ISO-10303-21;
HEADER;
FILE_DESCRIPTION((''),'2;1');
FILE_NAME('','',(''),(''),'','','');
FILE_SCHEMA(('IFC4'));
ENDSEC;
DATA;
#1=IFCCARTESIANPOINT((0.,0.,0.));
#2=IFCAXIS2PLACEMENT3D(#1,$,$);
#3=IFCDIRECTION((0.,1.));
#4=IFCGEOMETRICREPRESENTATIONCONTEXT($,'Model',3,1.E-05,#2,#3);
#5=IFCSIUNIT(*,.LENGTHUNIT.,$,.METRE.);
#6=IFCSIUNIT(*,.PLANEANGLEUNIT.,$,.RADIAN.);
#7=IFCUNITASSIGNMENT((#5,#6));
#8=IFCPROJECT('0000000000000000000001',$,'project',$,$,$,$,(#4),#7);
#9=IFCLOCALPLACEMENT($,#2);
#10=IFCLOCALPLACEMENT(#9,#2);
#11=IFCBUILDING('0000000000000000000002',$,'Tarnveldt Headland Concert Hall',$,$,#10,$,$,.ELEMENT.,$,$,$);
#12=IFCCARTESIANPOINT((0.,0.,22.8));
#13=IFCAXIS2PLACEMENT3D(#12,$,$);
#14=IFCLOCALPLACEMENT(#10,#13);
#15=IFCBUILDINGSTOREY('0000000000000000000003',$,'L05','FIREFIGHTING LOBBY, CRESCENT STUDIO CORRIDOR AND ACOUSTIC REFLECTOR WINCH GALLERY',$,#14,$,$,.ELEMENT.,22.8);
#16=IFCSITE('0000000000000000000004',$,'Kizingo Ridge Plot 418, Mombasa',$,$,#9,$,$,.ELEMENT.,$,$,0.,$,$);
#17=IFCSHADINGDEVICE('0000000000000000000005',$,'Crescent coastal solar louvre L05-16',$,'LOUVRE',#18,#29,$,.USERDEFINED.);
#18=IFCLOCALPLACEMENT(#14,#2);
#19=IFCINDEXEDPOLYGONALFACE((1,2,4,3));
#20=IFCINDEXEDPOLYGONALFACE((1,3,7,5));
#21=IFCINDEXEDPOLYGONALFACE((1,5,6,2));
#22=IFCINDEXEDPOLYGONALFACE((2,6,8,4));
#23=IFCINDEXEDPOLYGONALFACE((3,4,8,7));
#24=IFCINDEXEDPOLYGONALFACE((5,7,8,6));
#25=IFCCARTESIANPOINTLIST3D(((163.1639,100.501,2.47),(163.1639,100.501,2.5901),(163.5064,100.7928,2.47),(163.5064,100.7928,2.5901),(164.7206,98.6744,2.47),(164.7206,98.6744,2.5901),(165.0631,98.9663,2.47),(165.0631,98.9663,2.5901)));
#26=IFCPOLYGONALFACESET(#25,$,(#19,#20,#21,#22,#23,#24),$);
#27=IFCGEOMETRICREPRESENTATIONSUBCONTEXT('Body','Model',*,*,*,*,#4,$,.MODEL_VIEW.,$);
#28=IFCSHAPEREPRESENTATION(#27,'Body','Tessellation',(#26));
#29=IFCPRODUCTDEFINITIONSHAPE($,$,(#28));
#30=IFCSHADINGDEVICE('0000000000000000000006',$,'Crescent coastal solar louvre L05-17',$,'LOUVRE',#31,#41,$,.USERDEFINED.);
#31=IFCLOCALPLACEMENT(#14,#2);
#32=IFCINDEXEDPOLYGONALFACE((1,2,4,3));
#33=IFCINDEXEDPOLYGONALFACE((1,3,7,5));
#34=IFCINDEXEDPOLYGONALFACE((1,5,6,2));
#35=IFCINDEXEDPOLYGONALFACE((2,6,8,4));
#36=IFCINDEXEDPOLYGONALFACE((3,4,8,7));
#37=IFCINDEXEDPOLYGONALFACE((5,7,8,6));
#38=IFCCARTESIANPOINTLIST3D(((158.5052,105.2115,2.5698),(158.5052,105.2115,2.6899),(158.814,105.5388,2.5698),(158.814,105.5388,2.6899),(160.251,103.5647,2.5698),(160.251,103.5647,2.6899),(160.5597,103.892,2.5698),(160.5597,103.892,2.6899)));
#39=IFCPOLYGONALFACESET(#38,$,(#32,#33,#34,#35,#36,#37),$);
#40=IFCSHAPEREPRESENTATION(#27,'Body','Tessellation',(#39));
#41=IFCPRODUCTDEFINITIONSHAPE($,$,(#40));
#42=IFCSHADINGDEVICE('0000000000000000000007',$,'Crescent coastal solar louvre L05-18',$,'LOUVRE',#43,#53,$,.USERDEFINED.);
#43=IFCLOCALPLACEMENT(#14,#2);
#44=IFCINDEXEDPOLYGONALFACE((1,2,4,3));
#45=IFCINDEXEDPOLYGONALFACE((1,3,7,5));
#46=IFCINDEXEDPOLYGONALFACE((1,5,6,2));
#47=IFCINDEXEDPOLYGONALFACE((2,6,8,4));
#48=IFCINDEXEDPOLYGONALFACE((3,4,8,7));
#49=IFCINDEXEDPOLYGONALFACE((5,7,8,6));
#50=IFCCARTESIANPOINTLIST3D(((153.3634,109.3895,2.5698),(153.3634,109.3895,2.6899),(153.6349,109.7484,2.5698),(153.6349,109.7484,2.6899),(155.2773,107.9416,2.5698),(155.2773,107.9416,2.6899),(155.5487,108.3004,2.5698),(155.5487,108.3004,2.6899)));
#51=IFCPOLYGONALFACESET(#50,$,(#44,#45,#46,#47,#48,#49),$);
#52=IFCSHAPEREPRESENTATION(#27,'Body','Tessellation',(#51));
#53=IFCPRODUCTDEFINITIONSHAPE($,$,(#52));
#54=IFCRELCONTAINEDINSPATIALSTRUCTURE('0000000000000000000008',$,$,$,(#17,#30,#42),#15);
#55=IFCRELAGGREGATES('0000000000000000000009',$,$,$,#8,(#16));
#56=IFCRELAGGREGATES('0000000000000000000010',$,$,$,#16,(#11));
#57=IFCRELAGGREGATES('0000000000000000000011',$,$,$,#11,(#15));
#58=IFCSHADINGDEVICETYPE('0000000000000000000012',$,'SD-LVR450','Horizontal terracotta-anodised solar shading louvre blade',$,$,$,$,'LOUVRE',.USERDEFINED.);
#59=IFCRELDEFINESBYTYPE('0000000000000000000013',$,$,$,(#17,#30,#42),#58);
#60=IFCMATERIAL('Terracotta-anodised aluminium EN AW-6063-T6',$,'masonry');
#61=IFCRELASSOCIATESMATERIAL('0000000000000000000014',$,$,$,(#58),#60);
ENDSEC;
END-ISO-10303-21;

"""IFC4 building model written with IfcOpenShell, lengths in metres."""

from ifc_helpers import new_model, si_unit, direction, frame, origin, origin_2d, place, context, subcontext, project, spatial, rectangle, extrude, material, type_object, element, save


model = new_model("IFC4")

# Units and contexts
model_context = context("Model", 3, precision=1e-05, world=origin(), true_north=direction((0.0, 1.0)))
body_context = subcontext(model_context, "Body", "Model", "MODEL_VIEW")
ifc_project = project(units=[si_unit("LENGTHUNIT", "METRE"), si_unit("PLANEANGLEUNIT", "RADIAN")], contexts=[model_context])

# Site, building, storey
site_placement = place(None, origin())
site = spatial("IfcSite", under=ifc_project, at=site_placement, Name="Kizingo Ridge Plot 418, Mombasa", CompositionType="ELEMENT", RefElevation=0.0)
building_placement = place(site_placement, origin())
building = spatial("IfcBuilding", under=site, at=building_placement, Name="Tarnveldt Headland Concert Hall", CompositionType="ELEMENT")
storey_placement = place(building_placement, frame((0.0, 0.0, 22.8)))
storey = spatial("IfcBuildingStorey", under=building, at=storey_placement, Name="L05", Description="FIREFIGHTING LOBBY, CRESCENT STUDIO CORRIDOR AND ACOUSTIC REFLECTOR WINCH GALLERY", CompositionType="ELEMENT", Elevation=22.8)

# Shading devices
ifc_material_1 = material(Name="Terracotta-anodised aluminium EN AW-6063-T6", Category="masonry")
shading_device_type = type_object("IfcShadingDeviceType", Name="SD-LVR450", Description="Horizontal terracotta-anodised solar shading louvre blade", ElementType="LOUVRE", PredefinedType="USERDEFINED", material=ifc_material_1)
for number, where, z_axis, x_axis, name in (
    (1, (164.1135, 99.7336, 2.47), (0.0, 0.0, 1.0), (0.761086, 0.648651, 0.0), "Crescent coastal solar louvre L05-16"),
    (2, (159.5325, 104.5518, 2.5698), (0.0, 0.0, 1.0), (0.686199, 0.727414, 0.0), "Crescent coastal solar louvre L05-17"),
    (3, (154.4561, 108.845, 2.5698), (0.0, 0.0, 1.0), (0.603347, 0.797479, 0.0), "Crescent coastal solar louvre L05-18"),
):
    element("IfcShadingDevice", number, at=place(storey_placement, frame(where, z_axis=z_axis, x_axis=x_axis)), inside=storey, type_object=shading_device_type, Name=name, ObjectType="LOUVRE", PredefinedType="USERDEFINED", context=body_context, shape_type="SweptSolid", body=[
        extrude(rectangle(XDim=0.45, YDim=2.3999, at=origin_2d()), origin(), (0.0, 0.0, 1.0), 0.1201),
    ])

save(model, "model.ifc")
